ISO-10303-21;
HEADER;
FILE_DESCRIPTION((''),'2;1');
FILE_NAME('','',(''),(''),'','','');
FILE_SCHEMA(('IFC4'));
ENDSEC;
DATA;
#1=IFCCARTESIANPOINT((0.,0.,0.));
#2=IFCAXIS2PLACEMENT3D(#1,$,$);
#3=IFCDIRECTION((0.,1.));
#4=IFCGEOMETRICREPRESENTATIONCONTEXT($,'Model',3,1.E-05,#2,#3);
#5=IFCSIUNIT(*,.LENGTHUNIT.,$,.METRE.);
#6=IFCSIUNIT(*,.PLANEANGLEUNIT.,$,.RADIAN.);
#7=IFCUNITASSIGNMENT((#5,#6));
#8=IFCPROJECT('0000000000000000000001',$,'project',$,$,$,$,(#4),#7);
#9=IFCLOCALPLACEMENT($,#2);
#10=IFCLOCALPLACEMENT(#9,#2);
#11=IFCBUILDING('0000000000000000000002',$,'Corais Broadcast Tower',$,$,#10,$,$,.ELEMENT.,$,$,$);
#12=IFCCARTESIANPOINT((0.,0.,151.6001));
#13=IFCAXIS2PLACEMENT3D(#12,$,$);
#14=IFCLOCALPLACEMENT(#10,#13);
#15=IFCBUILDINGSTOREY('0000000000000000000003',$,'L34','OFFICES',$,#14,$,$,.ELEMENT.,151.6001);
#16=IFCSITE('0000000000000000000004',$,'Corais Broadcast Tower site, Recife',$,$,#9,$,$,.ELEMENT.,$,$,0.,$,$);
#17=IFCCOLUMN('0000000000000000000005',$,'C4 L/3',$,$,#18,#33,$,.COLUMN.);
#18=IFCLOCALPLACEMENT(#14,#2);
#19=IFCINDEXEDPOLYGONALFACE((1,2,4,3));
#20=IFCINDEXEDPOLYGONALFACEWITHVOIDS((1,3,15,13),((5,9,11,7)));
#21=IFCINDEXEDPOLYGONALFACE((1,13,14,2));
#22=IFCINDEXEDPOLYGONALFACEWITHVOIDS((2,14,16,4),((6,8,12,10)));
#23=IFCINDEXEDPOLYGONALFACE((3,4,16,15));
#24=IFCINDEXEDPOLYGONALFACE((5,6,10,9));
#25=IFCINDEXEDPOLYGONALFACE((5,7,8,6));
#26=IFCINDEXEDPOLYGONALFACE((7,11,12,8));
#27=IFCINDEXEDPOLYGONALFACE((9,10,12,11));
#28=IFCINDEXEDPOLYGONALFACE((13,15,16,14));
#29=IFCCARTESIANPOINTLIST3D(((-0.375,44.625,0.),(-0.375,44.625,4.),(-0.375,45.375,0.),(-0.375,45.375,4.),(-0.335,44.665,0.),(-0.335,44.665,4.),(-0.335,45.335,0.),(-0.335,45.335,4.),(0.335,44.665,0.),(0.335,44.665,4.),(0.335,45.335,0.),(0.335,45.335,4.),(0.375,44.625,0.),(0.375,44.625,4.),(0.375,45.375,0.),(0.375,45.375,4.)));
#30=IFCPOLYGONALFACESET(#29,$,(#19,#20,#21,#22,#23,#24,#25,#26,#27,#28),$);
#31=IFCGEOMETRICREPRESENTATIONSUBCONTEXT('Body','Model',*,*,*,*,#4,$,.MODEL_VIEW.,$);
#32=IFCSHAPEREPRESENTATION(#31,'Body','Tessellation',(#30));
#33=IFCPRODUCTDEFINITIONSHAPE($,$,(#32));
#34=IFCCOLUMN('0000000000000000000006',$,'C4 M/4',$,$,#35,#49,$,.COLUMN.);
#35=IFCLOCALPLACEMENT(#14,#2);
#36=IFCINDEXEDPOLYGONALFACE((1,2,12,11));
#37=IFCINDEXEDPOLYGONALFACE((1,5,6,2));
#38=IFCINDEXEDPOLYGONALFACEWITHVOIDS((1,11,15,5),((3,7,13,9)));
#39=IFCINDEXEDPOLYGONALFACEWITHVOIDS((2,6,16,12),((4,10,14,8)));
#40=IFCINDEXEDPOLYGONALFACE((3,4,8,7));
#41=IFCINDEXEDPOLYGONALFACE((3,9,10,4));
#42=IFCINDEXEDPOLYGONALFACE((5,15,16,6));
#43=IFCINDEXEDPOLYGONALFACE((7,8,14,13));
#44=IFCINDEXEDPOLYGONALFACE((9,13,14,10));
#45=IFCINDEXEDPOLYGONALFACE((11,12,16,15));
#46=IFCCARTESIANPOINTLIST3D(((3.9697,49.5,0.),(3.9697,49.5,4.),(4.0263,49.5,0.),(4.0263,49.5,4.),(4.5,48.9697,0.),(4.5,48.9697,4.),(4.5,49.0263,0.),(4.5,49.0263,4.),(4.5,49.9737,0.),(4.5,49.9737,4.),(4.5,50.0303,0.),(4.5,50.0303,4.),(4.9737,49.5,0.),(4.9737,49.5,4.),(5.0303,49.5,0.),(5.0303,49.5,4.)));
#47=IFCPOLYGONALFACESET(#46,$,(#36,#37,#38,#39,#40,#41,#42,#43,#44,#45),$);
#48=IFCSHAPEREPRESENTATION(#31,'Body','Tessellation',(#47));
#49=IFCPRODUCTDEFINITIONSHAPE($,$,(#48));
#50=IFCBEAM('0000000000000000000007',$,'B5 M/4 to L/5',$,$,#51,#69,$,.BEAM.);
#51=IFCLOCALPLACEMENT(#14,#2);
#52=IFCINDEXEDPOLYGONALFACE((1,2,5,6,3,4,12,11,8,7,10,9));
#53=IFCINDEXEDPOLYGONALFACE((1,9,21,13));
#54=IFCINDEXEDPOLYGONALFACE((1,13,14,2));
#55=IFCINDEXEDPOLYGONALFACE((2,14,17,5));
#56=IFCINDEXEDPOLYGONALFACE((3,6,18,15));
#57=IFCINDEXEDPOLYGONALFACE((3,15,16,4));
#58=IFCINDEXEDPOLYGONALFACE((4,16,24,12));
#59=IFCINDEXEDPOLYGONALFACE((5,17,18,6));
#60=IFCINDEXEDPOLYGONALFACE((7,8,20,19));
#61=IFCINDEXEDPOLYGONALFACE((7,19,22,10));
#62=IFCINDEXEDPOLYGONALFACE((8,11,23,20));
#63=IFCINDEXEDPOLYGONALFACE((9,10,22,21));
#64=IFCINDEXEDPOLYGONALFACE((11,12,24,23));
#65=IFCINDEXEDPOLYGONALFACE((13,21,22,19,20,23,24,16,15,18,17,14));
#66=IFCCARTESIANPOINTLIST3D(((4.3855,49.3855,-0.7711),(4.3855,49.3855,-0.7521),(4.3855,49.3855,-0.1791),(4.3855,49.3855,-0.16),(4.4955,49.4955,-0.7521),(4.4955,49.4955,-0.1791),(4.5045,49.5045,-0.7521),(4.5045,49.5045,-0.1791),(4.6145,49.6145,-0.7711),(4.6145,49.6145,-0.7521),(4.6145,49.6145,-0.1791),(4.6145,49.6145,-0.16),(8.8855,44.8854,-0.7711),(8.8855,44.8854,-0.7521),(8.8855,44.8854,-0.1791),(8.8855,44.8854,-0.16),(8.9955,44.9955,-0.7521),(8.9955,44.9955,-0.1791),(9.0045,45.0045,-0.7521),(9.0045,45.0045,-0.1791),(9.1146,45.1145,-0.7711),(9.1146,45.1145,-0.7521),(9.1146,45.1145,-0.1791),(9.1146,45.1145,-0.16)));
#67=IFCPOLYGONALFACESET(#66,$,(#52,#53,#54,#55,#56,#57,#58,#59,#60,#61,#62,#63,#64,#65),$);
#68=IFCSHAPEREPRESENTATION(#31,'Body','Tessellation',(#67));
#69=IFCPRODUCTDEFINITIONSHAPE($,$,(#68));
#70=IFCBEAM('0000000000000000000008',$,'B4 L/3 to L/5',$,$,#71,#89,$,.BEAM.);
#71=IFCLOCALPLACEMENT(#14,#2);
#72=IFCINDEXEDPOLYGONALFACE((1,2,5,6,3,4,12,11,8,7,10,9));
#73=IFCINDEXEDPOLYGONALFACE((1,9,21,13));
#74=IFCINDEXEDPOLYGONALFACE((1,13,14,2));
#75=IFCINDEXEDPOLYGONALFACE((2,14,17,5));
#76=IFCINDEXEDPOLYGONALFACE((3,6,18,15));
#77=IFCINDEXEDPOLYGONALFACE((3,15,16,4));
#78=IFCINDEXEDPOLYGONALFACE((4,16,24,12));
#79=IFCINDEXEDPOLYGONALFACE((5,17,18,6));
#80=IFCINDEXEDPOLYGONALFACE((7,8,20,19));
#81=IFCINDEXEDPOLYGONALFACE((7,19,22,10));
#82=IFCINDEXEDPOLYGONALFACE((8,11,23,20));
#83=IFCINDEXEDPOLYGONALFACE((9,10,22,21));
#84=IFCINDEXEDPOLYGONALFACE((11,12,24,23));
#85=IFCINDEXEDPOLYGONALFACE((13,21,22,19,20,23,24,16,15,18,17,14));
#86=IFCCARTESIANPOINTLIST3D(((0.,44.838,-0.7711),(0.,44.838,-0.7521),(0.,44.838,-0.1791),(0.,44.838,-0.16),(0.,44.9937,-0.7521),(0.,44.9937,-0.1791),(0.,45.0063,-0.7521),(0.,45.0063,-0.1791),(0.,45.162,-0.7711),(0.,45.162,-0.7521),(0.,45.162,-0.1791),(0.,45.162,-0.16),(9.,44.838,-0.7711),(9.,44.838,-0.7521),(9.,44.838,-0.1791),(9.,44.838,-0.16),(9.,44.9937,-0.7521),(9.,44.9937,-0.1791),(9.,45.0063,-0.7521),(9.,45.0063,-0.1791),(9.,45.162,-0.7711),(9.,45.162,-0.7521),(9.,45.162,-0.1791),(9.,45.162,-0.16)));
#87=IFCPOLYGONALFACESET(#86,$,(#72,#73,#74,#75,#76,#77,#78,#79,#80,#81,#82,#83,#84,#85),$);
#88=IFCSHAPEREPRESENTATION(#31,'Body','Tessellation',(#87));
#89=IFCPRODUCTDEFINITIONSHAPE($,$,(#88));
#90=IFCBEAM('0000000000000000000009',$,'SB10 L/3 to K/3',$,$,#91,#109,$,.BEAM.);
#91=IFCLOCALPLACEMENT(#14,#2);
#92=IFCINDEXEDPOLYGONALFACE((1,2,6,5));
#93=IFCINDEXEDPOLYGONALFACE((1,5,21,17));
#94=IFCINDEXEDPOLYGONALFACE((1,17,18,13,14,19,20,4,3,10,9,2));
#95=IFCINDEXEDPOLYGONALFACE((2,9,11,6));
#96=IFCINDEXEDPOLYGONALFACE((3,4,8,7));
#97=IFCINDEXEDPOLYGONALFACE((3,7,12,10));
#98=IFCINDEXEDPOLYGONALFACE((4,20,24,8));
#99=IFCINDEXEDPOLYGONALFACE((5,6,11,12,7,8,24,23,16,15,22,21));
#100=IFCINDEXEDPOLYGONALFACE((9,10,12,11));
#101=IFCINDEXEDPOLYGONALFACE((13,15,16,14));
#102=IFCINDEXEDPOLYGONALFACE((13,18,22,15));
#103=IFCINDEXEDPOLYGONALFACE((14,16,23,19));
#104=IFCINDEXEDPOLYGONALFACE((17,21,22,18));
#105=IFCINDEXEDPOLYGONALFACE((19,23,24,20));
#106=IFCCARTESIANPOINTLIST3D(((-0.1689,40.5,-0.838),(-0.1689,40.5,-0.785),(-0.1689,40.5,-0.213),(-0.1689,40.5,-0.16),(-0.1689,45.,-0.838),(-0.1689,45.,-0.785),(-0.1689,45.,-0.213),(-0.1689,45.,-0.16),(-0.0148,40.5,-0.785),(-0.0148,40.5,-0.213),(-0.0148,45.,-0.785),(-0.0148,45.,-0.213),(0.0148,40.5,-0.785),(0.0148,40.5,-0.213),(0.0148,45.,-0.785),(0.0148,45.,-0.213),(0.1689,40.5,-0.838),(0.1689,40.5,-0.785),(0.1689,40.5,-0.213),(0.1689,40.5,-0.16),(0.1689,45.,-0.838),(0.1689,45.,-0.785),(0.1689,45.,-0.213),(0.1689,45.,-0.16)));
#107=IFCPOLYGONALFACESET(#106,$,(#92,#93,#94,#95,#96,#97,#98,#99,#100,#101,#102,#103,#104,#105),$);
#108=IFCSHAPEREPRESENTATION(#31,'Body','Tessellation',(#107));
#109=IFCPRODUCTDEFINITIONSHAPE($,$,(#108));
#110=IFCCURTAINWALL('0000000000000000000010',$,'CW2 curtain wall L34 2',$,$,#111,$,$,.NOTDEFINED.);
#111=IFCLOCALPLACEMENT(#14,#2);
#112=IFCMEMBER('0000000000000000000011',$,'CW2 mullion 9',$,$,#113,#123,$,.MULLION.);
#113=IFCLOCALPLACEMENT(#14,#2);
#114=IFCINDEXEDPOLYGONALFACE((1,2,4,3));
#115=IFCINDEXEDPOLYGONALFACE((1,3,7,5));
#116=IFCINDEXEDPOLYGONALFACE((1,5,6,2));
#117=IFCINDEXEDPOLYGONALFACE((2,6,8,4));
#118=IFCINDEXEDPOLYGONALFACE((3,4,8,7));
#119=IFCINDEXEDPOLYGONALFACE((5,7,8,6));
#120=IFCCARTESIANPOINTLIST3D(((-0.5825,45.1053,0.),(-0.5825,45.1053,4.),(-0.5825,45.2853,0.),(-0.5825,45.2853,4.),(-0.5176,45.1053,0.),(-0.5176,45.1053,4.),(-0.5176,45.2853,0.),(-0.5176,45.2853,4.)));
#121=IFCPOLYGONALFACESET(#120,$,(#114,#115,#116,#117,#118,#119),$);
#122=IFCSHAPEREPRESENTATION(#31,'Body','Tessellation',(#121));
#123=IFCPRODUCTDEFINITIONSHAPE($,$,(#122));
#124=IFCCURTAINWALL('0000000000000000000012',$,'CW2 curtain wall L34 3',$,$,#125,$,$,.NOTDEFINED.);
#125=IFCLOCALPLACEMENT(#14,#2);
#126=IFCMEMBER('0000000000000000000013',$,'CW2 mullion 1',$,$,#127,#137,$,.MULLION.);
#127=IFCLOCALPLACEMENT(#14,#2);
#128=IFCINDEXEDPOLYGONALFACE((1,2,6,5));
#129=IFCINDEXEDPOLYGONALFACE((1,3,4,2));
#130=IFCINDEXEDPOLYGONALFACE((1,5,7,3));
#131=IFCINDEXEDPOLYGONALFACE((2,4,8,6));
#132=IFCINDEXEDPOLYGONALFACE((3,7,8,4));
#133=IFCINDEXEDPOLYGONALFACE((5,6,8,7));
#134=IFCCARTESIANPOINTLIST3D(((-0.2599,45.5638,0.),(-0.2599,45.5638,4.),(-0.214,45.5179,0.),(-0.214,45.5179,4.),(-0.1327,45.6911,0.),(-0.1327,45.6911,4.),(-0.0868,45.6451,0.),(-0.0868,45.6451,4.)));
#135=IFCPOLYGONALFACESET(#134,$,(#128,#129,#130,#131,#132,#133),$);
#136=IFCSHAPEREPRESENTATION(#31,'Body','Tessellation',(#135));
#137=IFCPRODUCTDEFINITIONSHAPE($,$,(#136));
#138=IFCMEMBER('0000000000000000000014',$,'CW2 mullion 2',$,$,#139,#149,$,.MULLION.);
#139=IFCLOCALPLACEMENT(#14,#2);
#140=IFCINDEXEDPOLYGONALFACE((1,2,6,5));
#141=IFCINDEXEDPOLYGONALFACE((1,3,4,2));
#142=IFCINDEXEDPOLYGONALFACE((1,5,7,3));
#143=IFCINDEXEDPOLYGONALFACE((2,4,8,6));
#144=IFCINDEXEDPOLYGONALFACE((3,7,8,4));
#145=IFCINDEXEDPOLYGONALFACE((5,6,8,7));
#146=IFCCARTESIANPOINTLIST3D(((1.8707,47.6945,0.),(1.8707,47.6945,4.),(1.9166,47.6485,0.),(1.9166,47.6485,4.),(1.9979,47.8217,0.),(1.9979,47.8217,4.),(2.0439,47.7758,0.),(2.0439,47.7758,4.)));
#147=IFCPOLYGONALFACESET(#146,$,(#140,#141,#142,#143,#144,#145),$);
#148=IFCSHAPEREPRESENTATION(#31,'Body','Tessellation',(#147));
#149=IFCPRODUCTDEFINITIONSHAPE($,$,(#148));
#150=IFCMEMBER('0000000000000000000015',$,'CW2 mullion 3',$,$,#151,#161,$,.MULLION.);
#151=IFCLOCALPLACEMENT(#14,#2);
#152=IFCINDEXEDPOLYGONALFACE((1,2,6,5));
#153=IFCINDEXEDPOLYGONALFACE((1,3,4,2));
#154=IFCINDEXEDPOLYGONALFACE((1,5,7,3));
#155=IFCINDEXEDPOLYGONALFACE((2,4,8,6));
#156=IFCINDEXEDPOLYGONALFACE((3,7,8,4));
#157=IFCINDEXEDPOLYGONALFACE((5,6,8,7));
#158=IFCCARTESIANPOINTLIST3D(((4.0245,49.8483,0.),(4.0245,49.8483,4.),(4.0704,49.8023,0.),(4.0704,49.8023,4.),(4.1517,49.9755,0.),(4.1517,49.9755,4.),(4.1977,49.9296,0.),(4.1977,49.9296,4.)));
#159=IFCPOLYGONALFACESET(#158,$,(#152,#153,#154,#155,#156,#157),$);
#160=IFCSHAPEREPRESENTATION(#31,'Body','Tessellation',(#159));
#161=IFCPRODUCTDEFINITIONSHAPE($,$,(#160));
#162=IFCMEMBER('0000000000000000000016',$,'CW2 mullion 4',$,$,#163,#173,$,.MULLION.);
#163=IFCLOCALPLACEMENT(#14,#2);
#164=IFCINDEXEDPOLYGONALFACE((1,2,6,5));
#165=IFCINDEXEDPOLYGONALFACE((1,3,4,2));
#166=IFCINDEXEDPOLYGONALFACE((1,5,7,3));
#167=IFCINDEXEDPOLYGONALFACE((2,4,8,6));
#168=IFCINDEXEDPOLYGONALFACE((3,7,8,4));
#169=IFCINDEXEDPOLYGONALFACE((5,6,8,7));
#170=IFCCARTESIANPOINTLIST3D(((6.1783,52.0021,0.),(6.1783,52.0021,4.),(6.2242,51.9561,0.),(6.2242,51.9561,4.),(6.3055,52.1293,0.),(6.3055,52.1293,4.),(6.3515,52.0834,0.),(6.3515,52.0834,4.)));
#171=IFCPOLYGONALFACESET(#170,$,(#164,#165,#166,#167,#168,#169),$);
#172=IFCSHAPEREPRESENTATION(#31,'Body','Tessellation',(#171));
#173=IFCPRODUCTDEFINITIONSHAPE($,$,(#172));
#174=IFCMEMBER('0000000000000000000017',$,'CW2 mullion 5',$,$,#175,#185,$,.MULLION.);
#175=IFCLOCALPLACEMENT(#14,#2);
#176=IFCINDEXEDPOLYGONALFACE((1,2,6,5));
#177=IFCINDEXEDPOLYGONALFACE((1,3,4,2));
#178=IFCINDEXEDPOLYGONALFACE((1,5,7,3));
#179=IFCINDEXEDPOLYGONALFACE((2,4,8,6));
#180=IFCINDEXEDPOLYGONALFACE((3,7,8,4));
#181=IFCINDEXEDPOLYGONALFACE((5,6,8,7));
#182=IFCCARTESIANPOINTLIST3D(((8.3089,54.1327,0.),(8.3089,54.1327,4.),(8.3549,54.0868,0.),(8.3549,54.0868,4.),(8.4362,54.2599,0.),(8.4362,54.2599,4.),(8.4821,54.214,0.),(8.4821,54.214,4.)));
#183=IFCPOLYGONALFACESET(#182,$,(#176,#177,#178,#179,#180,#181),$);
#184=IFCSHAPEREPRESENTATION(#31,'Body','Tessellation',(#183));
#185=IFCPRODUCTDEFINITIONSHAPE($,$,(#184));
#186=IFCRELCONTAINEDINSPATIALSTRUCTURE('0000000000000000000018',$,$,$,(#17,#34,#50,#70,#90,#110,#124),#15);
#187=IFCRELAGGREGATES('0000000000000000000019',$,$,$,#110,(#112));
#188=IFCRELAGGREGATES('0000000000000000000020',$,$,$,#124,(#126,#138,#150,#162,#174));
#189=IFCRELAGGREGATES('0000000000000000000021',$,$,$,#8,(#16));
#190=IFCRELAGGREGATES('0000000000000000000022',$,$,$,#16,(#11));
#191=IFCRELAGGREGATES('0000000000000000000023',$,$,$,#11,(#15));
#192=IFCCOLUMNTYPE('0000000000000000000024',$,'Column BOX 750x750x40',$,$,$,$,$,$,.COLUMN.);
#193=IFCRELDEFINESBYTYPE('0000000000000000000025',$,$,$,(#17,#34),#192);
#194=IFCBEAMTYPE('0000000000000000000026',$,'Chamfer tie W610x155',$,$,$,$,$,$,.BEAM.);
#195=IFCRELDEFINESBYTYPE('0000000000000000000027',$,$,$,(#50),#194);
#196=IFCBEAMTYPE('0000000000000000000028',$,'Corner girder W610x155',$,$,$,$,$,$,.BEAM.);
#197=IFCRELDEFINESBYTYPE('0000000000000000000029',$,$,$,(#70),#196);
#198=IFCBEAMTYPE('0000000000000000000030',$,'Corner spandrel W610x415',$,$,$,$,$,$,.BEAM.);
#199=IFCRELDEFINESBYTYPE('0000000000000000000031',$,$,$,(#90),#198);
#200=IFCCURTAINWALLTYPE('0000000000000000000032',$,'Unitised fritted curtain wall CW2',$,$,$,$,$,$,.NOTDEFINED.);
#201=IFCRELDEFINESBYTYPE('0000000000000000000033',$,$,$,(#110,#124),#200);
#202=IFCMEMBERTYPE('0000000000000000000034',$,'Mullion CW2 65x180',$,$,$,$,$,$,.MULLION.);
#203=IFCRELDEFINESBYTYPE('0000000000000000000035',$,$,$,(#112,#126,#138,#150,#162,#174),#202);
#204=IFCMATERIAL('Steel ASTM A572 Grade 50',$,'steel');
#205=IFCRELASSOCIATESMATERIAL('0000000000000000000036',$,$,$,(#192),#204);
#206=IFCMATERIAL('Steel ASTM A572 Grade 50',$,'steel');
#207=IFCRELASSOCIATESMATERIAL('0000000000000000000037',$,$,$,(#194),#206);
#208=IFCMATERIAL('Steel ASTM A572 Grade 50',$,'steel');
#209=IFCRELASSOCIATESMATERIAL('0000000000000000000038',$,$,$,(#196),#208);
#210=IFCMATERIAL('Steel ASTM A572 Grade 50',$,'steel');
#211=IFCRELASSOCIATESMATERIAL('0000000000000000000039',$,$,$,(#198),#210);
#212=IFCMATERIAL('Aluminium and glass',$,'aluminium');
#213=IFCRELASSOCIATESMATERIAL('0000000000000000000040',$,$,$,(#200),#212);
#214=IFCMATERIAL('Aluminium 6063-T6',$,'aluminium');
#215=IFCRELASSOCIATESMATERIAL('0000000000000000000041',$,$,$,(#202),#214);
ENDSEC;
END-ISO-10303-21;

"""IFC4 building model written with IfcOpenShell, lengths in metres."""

from ifc_helpers import new_model, si_unit, direction, frame, origin, origin_2d, place, context, subcontext, project, spatial, rectangle, hollow_rectangle, i_section, extrude, material, material_profile, profile_set, type_object, element, aggregate, save


model = new_model("IFC4")

# Units and contexts
model_context = context("Model", 3, precision=1e-05, world=origin(), true_north=direction((0.0, 1.0)))
body_context = subcontext(model_context, "Body", "Model", "MODEL_VIEW")
ifc_project = project(units=[si_unit("LENGTHUNIT", "METRE"), si_unit("PLANEANGLEUNIT", "RADIAN")], contexts=[model_context])

# Site, building, storey
site_placement = place(None, origin())
site = spatial("IfcSite", under=ifc_project, at=site_placement, Name="Corais Broadcast Tower site, Recife", CompositionType="ELEMENT", RefElevation=0.0)
building_placement = place(site_placement, origin())
building = spatial("IfcBuilding", under=site, at=building_placement, Name="Corais Broadcast Tower", CompositionType="ELEMENT")
storey_placement = place(building_placement, frame((0.0, 0.0, 151.6001)))
storey = spatial("IfcBuildingStorey", under=building, at=storey_placement, Name="L34", Description="OFFICES", CompositionType="ELEMENT", Elevation=151.6001)

# Columns
ifc_material_1 = material(Name="Steel ASTM A572 Grade 50", Category="steel")
ifc_material_profile_1 = material_profile(ifc_material_1, hollow_rectangle(XDim=0.75, YDim=0.75, WallThickness=0.04, at=origin_2d()), Name="BOX 750x750x40")
ifc_profile_set_1 = profile_set([ifc_material_profile_1], Name="Steel ASTM A572 Grade 50")
column_type = type_object("IfcColumnType", Name="Column BOX 750x750x40", PredefinedType="COLUMN", material=ifc_profile_set_1)
for number, where, z_axis, x_axis, name in (
    (1, (0.0, 45.0, 0.0), (0.0, 0.0, 1.0), (1.0, 0.0, 0.0), "C4 L/3"),
    (2, (4.5, 49.5, 0.0), (0.0, 0.0, 1.0), (0.707107, 0.707107, 0.0), "C4 M/4"),
):
    element("IfcColumn", number, at=place(storey_placement, frame(where, z_axis=z_axis, x_axis=x_axis)), inside=storey, type_object=column_type, Name=name, PredefinedType="COLUMN", context=body_context, shape_type="SweptSolid", body=[
        extrude(hollow_rectangle(XDim=0.75, YDim=0.75, WallThickness=0.04, at=origin_2d()), origin(), (0.0, 0.0, 1.0), 4.0),
    ])

# Beams
ifc_material_2 = material(Name="Steel ASTM A572 Grade 50", Category="steel")
ifc_material_profile_2 = material_profile(ifc_material_2, i_section(OverallWidth=0.324, OverallDepth=0.6111, WebThickness=0.0127, FlangeThickness=0.019, at=origin_2d()), Name="W610x155")
ifc_profile_set_2 = profile_set([ifc_material_profile_2], Name="Steel ASTM A572 Grade 50")
beam_type_1 = type_object("IfcBeamType", Name="Chamfer tie W610x155", PredefinedType="BEAM", material=ifc_profile_set_2)
beam_1_placement = place(storey_placement, frame((4.5, 49.5, -0.4656), z_axis=(0.707107, -0.707107, 0.0), x_axis=(0.707107, 0.707107, 0.0)))
element("IfcBeam", 3, at=beam_1_placement, inside=storey, type_object=beam_type_1, Name="B5 M/4 to L/5", PredefinedType="BEAM", context=body_context, shape_type="SweptSolid", body=[
    extrude(i_section(OverallWidth=0.324, OverallDepth=0.6111, WebThickness=0.0127, FlangeThickness=0.019, at=origin_2d()), origin(), (0.0, 0.0, 1.0), 6.364),
])
ifc_material_3 = material(Name="Steel ASTM A572 Grade 50", Category="steel")
ifc_material_profile_3 = material_profile(ifc_material_3, i_section(OverallWidth=0.324, OverallDepth=0.6111, WebThickness=0.0127, FlangeThickness=0.019, at=origin_2d()), Name="W610x155")
ifc_profile_set_3 = profile_set([ifc_material_profile_3], Name="Steel ASTM A572 Grade 50")
beam_type_2 = type_object("IfcBeamType", Name="Corner girder W610x155", PredefinedType="BEAM", material=ifc_profile_set_3)
beam_2_placement = place(storey_placement, frame((0.0, 45.0, -0.4656), z_axis=(1.0, 0.0, 0.0), x_axis=(0.0, 1.0, 0.0)))
element("IfcBeam", 4, at=beam_2_placement, inside=storey, type_object=beam_type_2, Name="B4 L/3 to L/5", PredefinedType="BEAM", context=body_context, shape_type="SweptSolid", body=[
    extrude(i_section(OverallWidth=0.324, OverallDepth=0.6111, WebThickness=0.0127, FlangeThickness=0.019, at=origin_2d()), origin(), (0.0, 0.0, 1.0), 9.0),
])
ifc_material_4 = material(Name="Steel ASTM A572 Grade 50", Category="steel")
ifc_material_profile_4 = material_profile(ifc_material_4, i_section(OverallWidth=0.3379, OverallDepth=0.678, WebThickness=0.0295, FlangeThickness=0.053, at=origin_2d()), Name="W610x415")
ifc_profile_set_4 = profile_set([ifc_material_profile_4], Name="Steel ASTM A572 Grade 50")
beam_type_3 = type_object("IfcBeamType", Name="Corner spandrel W610x415", PredefinedType="BEAM", material=ifc_profile_set_4)
beam_3_placement = place(storey_placement, frame((0.0, 45.0, -0.499), z_axis=(0.0, -1.0, 0.0), x_axis=(1.0, 0.0, 0.0)))
element("IfcBeam", 5, at=beam_3_placement, inside=storey, type_object=beam_type_3, Name="SB10 L/3 to K/3", PredefinedType="BEAM", context=body_context, shape_type="SweptSolid", body=[
    extrude(i_section(OverallWidth=0.3379, OverallDepth=0.678, WebThickness=0.0295, FlangeThickness=0.053, at=origin_2d()), origin(), (0.0, 0.0, 1.0), 4.5),
])

# Curtain wall, member
ifc_material_5 = material(Name="Aluminium and glass", Category="aluminium")
curtain_wall_type = type_object("IfcCurtainWallType", Name="Unitised fritted curtain wall CW2", PredefinedType="NOTDEFINED", material=ifc_material_5)
curtain_wall_1_placement = place(storey_placement, origin())
curtain_wall_1 = element("IfcCurtainWall", 6, at=curtain_wall_1_placement, inside=storey, type_object=curtain_wall_type, Name="CW2 curtain wall L34 2", PredefinedType="NOTDEFINED")
ifc_material_6 = material(Name="Aluminium 6063-T6", Category="aluminium")
ifc_material_profile_5 = material_profile(ifc_material_6, rectangle(XDim=0.0649, YDim=0.1799, at=origin_2d()), Name="Mullion CW2 65x180")
ifc_profile_set_5 = profile_set([ifc_material_profile_5], Name="Aluminium 6063-T6")
member_type_1 = type_object("IfcMemberType", Name="Mullion CW2 65x180", PredefinedType="MULLION", material=ifc_profile_set_5)
member_1_placement = place(storey_placement, frame((-0.55, 45.1953, 0.0), z_axis=(0.0, 0.0, 1.0), x_axis=(-1.0, 0.0, 0.0)))
member_1 = element("IfcMember", 7, at=member_1_placement, type_object=member_type_1, Name="CW2 mullion 9", PredefinedType="MULLION", context=body_context, shape_type="SweptSolid", body=[
    extrude(rectangle(XDim=0.0649, YDim=0.1799, at=origin_2d()), origin(), (0.0, 0.0, 1.0), 4.0),
])

# Curtain wall, members
curtain_wall_2_placement = place(storey_placement, origin())
curtain_wall_2 = element("IfcCurtainWall", 8, at=curtain_wall_2_placement, inside=storey, type_object=curtain_wall_type, Name="CW2 curtain wall L34 3", PredefinedType="NOTDEFINED")
member_2_placement = place(storey_placement, frame((-0.1733, 45.6045, 0.0), z_axis=(0.0, 0.0, 1.0), x_axis=(-0.707107, 0.707107, 0.0)))
member_2 = element("IfcMember", 9, at=member_2_placement, type_object=member_type_1, Name="CW2 mullion 1", PredefinedType="MULLION", context=body_context, shape_type="SweptSolid", body=[
    extrude(rectangle(XDim=0.0649, YDim=0.1799, at=origin_2d()), origin(), (0.0, 0.0, 1.0), 4.0),
])
member_3_placement = place(storey_placement, frame((1.9573, 47.7351, 0.0), z_axis=(0.0, 0.0, 1.0), x_axis=(-0.707107, 0.707107, 0.0)))
member_3 = element("IfcMember", 10, at=member_3_placement, type_object=member_type_1, Name="CW2 mullion 2", PredefinedType="MULLION", context=body_context, shape_type="SweptSolid", body=[
    extrude(rectangle(XDim=0.0649, YDim=0.1799, at=origin_2d()), origin(), (0.0, 0.0, 1.0), 4.0),
])
member_4_placement = place(storey_placement, frame((4.1111, 49.8889, 0.0), z_axis=(0.0, 0.0, 1.0), x_axis=(-0.707107, 0.707107, 0.0)))
member_4 = element("IfcMember", 11, at=member_4_placement, type_object=member_type_1, Name="CW2 mullion 3", PredefinedType="MULLION", context=body_context, shape_type="SweptSolid", body=[
    extrude(rectangle(XDim=0.0649, YDim=0.1799, at=origin_2d()), origin(), (0.0, 0.0, 1.0), 4.0),
])
member_5_placement = place(storey_placement, frame((6.2649, 52.0427, 0.0), z_axis=(0.0, 0.0, 1.0), x_axis=(-0.707107, 0.707107, 0.0)))
member_5 = element("IfcMember", 12, at=member_5_placement, type_object=member_type_1, Name="CW2 mullion 4", PredefinedType="MULLION", context=body_context, shape_type="SweptSolid", body=[
    extrude(rectangle(XDim=0.0649, YDim=0.1799, at=origin_2d()), origin(), (0.0, 0.0, 1.0), 4.0),
])
member_6_placement = place(storey_placement, frame((8.3955, 54.1733, 0.0), z_axis=(0.0, 0.0, 1.0), x_axis=(-0.707107, 0.707107, 0.0)))
member_6 = element("IfcMember", 13, at=member_6_placement, type_object=member_type_1, Name="CW2 mullion 5", PredefinedType="MULLION", context=body_context, shape_type="SweptSolid", body=[
    extrude(rectangle(XDim=0.0649, YDim=0.1799, at=origin_2d()), origin(), (0.0, 0.0, 1.0), 4.0),
])

aggregate(curtain_wall_1, [member_1])
aggregate(curtain_wall_2, [member_2, member_3, member_4, member_5, member_6])

save(model, "model.ifc")
